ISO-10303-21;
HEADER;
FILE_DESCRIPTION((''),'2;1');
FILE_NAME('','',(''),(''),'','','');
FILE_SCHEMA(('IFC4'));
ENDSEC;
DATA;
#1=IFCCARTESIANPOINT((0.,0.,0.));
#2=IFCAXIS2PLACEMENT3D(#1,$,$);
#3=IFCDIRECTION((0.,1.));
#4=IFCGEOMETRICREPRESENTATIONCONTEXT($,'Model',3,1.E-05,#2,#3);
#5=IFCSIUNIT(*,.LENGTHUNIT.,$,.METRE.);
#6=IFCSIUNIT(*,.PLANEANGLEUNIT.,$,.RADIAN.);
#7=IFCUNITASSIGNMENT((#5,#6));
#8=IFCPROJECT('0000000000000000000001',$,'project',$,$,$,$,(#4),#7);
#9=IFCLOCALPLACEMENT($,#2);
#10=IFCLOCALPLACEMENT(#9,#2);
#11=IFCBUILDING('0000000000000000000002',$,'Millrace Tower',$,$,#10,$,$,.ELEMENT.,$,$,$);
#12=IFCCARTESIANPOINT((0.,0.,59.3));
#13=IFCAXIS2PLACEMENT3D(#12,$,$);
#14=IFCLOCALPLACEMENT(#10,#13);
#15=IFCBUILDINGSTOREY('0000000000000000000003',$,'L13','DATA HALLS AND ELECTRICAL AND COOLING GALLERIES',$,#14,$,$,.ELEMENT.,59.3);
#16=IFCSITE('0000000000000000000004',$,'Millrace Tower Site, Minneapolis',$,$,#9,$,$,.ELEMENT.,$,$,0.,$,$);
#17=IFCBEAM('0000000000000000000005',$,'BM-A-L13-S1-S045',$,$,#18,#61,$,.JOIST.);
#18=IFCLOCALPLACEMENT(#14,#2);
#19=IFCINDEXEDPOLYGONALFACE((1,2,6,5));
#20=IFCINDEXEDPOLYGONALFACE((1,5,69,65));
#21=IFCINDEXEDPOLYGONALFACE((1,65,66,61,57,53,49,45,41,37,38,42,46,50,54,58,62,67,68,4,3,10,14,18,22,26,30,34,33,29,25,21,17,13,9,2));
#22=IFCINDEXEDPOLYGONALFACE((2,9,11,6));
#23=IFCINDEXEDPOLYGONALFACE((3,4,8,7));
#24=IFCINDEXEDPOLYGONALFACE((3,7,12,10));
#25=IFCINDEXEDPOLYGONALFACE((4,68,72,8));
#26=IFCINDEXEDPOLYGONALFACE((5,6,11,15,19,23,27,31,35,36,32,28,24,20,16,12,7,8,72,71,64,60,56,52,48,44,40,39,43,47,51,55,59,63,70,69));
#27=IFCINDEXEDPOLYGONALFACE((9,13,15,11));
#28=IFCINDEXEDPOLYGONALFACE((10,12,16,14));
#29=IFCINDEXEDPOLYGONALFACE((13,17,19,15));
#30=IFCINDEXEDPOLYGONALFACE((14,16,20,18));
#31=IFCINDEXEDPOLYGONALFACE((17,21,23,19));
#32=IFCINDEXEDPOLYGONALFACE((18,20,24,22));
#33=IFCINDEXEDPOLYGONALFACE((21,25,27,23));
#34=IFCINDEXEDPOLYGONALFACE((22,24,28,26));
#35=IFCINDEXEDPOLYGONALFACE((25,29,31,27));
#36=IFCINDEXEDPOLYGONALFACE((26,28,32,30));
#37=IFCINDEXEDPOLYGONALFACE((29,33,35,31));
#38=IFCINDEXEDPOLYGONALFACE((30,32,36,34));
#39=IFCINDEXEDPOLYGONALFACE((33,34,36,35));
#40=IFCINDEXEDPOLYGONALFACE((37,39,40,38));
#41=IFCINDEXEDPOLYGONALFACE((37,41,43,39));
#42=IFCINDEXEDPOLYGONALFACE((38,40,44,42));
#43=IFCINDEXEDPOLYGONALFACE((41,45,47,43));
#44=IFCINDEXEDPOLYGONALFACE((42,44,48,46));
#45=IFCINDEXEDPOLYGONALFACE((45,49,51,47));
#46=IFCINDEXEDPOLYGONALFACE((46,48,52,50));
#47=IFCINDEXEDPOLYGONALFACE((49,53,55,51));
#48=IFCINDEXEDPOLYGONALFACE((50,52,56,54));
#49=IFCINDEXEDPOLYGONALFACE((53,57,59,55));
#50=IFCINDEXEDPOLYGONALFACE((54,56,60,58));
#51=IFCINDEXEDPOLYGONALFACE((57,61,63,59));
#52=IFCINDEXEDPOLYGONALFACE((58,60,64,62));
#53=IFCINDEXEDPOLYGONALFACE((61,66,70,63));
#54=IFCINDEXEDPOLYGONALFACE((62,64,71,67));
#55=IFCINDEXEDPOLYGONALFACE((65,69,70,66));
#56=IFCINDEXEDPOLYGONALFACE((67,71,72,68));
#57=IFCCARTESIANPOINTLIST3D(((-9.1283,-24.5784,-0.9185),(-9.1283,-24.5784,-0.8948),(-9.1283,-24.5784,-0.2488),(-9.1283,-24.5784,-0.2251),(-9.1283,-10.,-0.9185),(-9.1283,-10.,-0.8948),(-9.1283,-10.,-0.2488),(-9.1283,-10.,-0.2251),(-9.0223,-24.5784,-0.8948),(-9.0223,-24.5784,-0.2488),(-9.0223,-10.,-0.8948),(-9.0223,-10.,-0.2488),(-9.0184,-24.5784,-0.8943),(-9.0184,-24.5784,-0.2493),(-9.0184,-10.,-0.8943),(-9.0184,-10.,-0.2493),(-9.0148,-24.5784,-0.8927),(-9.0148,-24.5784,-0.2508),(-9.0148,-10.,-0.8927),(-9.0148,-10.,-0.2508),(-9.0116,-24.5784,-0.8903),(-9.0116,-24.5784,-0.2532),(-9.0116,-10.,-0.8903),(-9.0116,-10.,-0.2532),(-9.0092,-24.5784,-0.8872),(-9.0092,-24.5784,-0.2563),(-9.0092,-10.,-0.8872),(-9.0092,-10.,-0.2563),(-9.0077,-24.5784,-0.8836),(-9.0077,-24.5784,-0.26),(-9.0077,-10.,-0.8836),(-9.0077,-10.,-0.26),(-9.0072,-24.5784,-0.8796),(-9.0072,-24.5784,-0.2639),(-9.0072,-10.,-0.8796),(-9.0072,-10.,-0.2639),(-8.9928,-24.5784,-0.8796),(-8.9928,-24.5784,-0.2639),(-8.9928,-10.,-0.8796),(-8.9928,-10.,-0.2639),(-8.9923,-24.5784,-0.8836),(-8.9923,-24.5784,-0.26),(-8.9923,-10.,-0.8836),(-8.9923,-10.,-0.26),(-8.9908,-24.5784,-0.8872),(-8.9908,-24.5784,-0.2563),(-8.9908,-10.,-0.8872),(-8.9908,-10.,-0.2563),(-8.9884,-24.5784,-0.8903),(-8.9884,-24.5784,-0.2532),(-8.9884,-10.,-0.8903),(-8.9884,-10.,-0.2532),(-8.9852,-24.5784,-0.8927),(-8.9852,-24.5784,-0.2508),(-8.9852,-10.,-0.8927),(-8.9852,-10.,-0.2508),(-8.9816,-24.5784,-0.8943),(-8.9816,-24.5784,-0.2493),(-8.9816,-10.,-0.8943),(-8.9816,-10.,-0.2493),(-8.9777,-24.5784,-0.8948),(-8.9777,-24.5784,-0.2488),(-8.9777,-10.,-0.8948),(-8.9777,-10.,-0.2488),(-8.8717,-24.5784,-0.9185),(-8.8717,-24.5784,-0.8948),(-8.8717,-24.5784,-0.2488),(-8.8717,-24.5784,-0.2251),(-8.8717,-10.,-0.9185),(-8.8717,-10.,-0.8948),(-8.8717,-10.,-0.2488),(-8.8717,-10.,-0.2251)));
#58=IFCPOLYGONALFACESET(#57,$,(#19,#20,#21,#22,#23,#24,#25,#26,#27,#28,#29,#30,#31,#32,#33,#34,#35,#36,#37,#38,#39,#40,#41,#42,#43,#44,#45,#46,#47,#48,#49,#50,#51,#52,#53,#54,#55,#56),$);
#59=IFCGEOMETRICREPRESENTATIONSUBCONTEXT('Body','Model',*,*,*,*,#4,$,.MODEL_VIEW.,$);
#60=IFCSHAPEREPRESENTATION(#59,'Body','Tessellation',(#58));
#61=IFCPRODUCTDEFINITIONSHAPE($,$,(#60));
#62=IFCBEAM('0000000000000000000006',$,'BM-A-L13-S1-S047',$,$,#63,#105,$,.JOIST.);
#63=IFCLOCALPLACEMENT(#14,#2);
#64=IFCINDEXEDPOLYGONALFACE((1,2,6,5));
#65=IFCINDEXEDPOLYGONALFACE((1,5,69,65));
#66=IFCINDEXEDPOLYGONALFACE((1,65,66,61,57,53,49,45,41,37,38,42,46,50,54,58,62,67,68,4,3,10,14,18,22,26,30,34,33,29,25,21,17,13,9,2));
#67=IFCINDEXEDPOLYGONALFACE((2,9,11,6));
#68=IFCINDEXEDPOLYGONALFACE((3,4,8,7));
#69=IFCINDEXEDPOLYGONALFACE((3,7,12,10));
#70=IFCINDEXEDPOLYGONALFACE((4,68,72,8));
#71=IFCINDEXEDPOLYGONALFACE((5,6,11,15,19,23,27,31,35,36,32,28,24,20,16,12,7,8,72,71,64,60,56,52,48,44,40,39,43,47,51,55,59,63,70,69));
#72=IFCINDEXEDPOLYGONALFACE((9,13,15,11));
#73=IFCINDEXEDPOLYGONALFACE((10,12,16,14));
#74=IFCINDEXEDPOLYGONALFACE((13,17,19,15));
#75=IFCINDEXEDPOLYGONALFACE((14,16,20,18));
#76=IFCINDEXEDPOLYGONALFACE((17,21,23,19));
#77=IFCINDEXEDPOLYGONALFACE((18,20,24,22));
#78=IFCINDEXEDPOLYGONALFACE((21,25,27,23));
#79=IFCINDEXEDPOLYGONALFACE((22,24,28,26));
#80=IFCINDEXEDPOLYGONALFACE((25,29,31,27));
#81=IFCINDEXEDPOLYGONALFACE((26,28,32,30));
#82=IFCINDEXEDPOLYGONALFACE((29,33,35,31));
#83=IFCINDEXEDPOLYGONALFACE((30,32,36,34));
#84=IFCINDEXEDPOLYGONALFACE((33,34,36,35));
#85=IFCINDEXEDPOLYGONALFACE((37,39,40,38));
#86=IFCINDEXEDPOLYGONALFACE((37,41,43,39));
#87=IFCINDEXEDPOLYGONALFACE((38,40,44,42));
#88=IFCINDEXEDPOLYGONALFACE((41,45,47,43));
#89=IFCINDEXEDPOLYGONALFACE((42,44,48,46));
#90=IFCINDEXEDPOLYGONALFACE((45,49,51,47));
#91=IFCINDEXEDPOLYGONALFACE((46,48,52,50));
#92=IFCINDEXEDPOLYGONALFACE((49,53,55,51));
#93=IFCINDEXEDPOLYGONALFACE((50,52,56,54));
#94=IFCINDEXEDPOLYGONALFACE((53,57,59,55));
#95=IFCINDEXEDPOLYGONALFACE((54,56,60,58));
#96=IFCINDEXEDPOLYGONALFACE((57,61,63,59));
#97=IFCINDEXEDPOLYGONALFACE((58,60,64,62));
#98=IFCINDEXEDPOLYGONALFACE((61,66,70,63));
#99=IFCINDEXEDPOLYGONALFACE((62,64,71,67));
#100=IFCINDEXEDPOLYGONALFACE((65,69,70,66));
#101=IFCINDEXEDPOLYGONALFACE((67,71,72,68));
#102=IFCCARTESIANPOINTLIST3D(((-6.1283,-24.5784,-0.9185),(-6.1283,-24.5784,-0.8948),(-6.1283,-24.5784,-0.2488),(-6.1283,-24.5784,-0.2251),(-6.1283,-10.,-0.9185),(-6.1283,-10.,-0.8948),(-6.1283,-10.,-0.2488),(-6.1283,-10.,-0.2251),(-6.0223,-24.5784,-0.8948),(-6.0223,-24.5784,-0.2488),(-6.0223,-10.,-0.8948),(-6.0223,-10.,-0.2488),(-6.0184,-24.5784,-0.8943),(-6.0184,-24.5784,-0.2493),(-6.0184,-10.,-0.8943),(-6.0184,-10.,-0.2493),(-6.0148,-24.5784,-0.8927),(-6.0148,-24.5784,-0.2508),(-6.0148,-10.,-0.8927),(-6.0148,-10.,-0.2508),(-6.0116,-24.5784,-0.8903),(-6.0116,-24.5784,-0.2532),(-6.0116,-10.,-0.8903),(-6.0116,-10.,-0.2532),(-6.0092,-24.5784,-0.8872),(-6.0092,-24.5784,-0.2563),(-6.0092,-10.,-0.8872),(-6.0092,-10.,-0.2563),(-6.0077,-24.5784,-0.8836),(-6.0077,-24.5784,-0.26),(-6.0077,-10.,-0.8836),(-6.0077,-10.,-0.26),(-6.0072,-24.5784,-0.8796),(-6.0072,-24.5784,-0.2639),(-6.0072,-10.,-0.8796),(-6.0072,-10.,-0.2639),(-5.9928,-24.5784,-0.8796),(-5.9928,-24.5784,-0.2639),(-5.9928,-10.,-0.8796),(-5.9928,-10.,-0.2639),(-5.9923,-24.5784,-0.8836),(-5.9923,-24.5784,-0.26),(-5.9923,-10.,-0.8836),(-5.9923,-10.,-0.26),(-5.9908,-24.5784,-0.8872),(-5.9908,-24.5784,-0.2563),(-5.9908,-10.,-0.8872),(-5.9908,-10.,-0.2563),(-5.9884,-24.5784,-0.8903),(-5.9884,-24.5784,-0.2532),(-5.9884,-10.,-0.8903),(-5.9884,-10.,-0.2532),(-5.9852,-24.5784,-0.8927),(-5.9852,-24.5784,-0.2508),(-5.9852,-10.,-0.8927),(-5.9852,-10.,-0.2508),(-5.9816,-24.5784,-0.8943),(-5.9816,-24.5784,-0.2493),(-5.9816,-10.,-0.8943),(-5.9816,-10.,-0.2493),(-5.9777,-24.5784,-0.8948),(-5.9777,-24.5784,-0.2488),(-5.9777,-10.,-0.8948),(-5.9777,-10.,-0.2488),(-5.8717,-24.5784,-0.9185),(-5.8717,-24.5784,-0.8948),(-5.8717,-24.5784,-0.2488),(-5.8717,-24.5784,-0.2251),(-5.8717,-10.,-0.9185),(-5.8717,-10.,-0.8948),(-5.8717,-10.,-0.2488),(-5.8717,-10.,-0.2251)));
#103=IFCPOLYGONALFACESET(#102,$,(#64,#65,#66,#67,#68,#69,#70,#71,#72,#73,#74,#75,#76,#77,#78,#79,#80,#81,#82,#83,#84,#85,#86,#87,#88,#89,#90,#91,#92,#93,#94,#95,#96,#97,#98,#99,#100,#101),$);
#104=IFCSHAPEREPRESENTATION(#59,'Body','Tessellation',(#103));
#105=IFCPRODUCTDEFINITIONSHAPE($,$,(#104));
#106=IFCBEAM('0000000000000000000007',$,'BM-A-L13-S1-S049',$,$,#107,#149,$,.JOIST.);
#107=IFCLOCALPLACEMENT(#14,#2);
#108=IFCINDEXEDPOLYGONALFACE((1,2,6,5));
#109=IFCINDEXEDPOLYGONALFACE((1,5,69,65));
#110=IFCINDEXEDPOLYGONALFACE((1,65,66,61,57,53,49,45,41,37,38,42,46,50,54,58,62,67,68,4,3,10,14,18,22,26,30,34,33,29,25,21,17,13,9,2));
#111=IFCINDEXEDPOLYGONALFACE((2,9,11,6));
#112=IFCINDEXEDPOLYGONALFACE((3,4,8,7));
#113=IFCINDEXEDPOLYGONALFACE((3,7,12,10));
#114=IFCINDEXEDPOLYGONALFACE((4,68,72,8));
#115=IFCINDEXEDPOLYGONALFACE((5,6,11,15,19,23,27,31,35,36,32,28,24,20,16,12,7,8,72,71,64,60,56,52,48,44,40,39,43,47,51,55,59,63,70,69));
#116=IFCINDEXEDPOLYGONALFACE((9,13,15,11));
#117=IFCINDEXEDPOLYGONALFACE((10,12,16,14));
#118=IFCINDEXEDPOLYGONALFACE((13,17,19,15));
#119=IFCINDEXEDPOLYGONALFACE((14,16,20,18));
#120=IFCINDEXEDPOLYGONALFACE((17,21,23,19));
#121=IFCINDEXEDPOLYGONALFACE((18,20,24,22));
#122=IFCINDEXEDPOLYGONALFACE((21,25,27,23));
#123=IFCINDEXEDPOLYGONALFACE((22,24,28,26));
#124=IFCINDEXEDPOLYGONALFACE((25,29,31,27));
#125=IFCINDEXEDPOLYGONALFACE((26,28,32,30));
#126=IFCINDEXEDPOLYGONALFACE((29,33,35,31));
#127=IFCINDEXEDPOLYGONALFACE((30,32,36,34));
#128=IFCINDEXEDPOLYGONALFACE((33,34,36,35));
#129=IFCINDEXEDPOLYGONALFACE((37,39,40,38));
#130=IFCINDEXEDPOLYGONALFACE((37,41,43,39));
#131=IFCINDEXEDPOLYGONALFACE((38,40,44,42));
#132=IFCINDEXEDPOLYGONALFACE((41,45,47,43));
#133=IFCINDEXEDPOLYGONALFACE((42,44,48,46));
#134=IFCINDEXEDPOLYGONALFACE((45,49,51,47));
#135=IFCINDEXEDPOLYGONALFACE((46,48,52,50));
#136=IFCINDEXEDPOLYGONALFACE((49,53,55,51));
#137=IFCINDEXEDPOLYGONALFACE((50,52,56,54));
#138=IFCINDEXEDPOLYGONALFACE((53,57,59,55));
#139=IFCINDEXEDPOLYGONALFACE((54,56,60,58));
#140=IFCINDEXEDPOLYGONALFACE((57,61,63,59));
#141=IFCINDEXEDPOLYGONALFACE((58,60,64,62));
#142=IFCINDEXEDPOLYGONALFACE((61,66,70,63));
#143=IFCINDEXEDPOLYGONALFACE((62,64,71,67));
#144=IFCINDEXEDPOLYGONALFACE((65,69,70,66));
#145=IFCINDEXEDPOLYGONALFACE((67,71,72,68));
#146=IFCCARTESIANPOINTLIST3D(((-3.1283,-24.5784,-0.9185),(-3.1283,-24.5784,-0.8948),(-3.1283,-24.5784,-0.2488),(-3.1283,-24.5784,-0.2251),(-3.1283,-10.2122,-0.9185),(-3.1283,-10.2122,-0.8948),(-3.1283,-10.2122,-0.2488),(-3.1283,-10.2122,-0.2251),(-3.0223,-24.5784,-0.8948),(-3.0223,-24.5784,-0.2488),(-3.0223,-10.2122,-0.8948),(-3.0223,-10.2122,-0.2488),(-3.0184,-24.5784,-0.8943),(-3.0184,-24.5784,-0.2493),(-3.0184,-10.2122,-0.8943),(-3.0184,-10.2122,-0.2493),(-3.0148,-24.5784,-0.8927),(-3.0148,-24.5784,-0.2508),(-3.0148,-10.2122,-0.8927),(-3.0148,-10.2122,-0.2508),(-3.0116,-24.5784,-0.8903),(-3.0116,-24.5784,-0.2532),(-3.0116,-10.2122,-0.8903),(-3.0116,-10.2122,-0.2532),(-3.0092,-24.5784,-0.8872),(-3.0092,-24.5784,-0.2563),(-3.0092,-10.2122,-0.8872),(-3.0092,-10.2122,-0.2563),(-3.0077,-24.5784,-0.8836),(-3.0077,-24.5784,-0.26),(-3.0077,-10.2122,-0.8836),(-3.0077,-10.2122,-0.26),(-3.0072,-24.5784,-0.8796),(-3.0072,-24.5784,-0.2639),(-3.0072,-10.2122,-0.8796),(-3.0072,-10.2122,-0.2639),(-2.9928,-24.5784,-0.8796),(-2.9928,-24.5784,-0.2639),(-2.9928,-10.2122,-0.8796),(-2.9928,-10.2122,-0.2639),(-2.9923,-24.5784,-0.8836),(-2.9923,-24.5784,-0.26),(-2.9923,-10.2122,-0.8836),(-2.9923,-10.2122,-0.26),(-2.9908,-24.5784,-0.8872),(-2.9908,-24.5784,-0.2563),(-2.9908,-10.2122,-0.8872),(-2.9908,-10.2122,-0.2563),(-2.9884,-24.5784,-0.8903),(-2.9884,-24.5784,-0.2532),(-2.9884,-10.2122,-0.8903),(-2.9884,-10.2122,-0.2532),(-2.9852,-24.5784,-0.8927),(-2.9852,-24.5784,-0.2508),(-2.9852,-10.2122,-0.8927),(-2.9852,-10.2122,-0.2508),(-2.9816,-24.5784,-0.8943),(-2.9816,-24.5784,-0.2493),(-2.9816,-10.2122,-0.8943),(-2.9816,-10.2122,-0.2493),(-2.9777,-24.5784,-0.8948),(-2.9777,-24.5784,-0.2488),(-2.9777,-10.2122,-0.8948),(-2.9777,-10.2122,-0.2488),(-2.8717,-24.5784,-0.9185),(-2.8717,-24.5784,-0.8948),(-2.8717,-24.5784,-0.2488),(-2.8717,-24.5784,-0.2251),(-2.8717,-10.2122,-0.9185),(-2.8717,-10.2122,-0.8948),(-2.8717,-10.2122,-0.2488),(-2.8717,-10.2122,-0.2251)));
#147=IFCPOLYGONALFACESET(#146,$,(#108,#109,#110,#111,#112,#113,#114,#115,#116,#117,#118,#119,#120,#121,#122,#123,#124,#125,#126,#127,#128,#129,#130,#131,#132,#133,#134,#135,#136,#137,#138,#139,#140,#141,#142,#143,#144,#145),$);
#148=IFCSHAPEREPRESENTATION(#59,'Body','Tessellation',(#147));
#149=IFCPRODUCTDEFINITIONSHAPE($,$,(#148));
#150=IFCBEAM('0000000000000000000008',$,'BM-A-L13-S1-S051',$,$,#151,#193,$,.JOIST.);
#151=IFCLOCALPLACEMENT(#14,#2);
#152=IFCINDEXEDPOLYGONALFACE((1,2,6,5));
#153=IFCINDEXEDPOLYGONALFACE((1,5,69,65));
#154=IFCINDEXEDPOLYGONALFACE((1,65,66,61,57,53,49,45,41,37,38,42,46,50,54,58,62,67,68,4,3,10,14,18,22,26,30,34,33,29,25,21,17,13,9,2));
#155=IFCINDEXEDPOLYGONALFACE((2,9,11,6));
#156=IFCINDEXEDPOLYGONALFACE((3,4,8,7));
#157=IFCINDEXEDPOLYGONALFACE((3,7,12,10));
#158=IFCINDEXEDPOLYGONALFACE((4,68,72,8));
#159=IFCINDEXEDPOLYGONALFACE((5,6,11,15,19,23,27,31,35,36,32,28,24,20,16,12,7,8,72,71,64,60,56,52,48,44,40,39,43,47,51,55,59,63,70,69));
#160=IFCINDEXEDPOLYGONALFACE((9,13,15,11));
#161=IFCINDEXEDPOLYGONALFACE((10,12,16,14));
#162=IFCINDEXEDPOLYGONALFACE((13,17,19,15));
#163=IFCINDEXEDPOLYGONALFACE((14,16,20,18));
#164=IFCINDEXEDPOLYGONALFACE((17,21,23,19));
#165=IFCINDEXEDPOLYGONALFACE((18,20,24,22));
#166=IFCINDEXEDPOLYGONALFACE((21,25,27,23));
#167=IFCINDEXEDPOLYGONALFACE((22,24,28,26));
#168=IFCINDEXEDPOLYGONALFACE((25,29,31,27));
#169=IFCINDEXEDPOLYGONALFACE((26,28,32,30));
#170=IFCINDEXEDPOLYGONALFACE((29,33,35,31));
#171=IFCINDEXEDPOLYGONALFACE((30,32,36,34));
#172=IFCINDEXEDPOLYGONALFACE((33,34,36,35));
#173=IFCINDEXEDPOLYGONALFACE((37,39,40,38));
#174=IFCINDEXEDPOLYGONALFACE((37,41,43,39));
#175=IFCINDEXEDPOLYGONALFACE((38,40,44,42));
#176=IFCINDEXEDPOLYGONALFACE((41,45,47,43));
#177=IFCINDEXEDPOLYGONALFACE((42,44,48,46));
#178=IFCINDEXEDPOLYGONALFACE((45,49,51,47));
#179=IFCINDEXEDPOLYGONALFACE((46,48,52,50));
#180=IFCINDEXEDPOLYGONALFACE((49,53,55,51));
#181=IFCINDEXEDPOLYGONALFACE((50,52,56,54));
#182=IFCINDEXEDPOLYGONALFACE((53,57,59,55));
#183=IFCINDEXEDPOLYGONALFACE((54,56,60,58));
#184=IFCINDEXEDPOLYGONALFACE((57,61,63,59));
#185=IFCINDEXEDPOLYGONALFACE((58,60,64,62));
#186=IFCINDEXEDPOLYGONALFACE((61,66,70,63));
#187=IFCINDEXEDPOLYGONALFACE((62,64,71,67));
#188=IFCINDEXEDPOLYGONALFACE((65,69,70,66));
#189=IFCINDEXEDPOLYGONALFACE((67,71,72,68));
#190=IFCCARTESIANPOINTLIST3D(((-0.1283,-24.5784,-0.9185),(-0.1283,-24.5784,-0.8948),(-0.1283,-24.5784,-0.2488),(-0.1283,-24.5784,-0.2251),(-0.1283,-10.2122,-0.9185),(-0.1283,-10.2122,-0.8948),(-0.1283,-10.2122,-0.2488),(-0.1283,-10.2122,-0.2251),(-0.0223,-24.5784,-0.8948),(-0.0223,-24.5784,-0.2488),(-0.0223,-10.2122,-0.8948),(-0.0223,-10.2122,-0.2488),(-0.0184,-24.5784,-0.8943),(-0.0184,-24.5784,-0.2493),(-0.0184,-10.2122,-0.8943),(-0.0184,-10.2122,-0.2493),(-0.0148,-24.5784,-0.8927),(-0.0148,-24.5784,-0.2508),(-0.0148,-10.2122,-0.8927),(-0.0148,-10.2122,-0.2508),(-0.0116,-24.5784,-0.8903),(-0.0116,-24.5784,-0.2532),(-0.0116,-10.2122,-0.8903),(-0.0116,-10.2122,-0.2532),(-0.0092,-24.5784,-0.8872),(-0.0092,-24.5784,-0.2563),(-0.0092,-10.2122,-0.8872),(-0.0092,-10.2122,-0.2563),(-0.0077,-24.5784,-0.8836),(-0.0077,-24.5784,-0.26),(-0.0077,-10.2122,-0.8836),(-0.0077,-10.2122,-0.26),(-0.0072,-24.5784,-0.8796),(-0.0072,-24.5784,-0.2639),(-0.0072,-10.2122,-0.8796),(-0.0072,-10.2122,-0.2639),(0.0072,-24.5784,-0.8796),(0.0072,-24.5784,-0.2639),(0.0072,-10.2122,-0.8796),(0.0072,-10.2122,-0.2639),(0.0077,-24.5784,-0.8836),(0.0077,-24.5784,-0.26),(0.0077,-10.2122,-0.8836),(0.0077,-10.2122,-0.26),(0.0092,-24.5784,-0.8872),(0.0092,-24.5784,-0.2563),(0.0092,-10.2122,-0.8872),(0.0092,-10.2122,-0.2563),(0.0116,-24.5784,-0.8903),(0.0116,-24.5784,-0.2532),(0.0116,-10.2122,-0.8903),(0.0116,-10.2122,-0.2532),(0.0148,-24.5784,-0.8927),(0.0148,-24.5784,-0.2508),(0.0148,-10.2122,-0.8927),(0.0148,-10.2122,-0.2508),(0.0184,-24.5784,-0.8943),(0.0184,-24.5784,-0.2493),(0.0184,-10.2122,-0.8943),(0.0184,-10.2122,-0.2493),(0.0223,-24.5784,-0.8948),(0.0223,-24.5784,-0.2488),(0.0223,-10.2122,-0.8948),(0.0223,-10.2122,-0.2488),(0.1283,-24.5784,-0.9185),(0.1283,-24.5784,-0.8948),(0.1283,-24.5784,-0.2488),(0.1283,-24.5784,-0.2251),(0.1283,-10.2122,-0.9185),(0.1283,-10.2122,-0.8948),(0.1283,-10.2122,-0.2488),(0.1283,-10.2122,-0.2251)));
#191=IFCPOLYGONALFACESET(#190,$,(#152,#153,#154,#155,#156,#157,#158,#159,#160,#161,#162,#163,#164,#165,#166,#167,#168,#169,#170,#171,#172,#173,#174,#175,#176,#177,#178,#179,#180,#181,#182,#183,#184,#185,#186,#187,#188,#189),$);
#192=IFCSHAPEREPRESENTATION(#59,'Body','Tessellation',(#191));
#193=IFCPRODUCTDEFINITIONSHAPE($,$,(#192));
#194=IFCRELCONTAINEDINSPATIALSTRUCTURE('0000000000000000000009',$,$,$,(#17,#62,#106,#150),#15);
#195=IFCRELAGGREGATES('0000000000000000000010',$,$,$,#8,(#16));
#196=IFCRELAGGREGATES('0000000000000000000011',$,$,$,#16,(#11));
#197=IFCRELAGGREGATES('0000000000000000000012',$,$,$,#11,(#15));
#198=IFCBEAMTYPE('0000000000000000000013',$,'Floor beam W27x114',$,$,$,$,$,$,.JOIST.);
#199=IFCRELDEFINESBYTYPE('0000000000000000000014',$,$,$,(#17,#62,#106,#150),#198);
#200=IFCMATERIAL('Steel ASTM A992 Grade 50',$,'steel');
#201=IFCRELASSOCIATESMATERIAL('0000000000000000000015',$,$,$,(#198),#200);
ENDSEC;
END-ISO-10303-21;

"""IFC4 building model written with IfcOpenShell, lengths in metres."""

from ifc_helpers import new_model, si_unit, direction, frame, origin, origin_2d, place, context, subcontext, project, spatial, i_section, extrude, material, material_profile, profile_set, type_object, element, save


model = new_model("IFC4")

# Units and contexts
model_context = context("Model", 3, precision=1e-05, world=origin(), true_north=direction((0.0, 1.0)))
body_context = subcontext(model_context, "Body", "Model", "MODEL_VIEW")
ifc_project = project(units=[si_unit("LENGTHUNIT", "METRE"), si_unit("PLANEANGLEUNIT", "RADIAN")], contexts=[model_context])

# Site, building, storey
site_placement = place(None, origin())
site = spatial("IfcSite", under=ifc_project, at=site_placement, Name="Millrace Tower Site, Minneapolis", CompositionType="ELEMENT", RefElevation=0.0)
building_placement = place(site_placement, origin())
building = spatial("IfcBuilding", under=site, at=building_placement, Name="Millrace Tower", CompositionType="ELEMENT")
storey_placement = place(building_placement, frame((0.0, 0.0, 59.3)))
storey = spatial("IfcBuildingStorey", under=building, at=storey_placement, Name="L13", Description="DATA HALLS AND ELECTRICAL AND COOLING GALLERIES", CompositionType="ELEMENT", Elevation=59.3)

# Beams
ifc_material_1 = material(Name="Steel ASTM A992 Grade 50", Category="steel")
ifc_material_profile_1 = material_profile(ifc_material_1, i_section(OverallWidth=0.2566, OverallDepth=0.6934, WebThickness=0.0144, FlangeThickness=0.0237, FilletRadius=0.0151, at=origin_2d()))
ifc_profile_set_1 = profile_set([ifc_material_profile_1], Name="Steel ASTM A992 Grade 50")
beam_type_1 = type_object("IfcBeamType", Name="Floor beam W27x114", PredefinedType="JOIST", material=ifc_profile_set_1)
for number, where, z_axis, x_axis, name in (
    (1, (-9.0, -24.5784, -0.5718), (0.0, 1.0, 0.0), (-1.0, 0.0, 0.0), "BM-A-L13-S1-S045"),
    (2, (-6.0, -24.5784, -0.5718), (0.0, 1.0, 0.0), (-1.0, 0.0, 0.0), "BM-A-L13-S1-S047"),
):
    element("IfcBeam", number, at=place(storey_placement, frame(where, z_axis=z_axis, x_axis=x_axis)), inside=storey, type_object=beam_type_1, Name=name, PredefinedType="JOIST", context=body_context, shape_type="SweptSolid", body=[
        extrude(i_section(OverallWidth=0.2566, OverallDepth=0.6934, WebThickness=0.0144, FlangeThickness=0.0237, FilletRadius=0.0151, at=origin_2d()), origin(), (0.0, 0.0, 1.0), 14.5784),
    ])
for number, where, z_axis, x_axis, name in (
    (3, (-3.0, -24.5784, -0.5718), (0.0, 1.0, 0.0), (-1.0, 0.0, 0.0), "BM-A-L13-S1-S049"),
    (4, (0.0, -24.5784, -0.5718), (0.0, 1.0, 0.0), (-1.0, 0.0, 0.0), "BM-A-L13-S1-S051"),
):
    element("IfcBeam", number, at=place(storey_placement, frame(where, z_axis=z_axis, x_axis=x_axis)), inside=storey, type_object=beam_type_1, Name=name, PredefinedType="JOIST", context=body_context, shape_type="SweptSolid", body=[
        extrude(i_section(OverallWidth=0.2566, OverallDepth=0.6934, WebThickness=0.0144, FlangeThickness=0.0237, FilletRadius=0.0151, at=origin_2d()), origin(), (0.0, 0.0, 1.0), 14.3662),
    ])

save(model, "model.ifc")
